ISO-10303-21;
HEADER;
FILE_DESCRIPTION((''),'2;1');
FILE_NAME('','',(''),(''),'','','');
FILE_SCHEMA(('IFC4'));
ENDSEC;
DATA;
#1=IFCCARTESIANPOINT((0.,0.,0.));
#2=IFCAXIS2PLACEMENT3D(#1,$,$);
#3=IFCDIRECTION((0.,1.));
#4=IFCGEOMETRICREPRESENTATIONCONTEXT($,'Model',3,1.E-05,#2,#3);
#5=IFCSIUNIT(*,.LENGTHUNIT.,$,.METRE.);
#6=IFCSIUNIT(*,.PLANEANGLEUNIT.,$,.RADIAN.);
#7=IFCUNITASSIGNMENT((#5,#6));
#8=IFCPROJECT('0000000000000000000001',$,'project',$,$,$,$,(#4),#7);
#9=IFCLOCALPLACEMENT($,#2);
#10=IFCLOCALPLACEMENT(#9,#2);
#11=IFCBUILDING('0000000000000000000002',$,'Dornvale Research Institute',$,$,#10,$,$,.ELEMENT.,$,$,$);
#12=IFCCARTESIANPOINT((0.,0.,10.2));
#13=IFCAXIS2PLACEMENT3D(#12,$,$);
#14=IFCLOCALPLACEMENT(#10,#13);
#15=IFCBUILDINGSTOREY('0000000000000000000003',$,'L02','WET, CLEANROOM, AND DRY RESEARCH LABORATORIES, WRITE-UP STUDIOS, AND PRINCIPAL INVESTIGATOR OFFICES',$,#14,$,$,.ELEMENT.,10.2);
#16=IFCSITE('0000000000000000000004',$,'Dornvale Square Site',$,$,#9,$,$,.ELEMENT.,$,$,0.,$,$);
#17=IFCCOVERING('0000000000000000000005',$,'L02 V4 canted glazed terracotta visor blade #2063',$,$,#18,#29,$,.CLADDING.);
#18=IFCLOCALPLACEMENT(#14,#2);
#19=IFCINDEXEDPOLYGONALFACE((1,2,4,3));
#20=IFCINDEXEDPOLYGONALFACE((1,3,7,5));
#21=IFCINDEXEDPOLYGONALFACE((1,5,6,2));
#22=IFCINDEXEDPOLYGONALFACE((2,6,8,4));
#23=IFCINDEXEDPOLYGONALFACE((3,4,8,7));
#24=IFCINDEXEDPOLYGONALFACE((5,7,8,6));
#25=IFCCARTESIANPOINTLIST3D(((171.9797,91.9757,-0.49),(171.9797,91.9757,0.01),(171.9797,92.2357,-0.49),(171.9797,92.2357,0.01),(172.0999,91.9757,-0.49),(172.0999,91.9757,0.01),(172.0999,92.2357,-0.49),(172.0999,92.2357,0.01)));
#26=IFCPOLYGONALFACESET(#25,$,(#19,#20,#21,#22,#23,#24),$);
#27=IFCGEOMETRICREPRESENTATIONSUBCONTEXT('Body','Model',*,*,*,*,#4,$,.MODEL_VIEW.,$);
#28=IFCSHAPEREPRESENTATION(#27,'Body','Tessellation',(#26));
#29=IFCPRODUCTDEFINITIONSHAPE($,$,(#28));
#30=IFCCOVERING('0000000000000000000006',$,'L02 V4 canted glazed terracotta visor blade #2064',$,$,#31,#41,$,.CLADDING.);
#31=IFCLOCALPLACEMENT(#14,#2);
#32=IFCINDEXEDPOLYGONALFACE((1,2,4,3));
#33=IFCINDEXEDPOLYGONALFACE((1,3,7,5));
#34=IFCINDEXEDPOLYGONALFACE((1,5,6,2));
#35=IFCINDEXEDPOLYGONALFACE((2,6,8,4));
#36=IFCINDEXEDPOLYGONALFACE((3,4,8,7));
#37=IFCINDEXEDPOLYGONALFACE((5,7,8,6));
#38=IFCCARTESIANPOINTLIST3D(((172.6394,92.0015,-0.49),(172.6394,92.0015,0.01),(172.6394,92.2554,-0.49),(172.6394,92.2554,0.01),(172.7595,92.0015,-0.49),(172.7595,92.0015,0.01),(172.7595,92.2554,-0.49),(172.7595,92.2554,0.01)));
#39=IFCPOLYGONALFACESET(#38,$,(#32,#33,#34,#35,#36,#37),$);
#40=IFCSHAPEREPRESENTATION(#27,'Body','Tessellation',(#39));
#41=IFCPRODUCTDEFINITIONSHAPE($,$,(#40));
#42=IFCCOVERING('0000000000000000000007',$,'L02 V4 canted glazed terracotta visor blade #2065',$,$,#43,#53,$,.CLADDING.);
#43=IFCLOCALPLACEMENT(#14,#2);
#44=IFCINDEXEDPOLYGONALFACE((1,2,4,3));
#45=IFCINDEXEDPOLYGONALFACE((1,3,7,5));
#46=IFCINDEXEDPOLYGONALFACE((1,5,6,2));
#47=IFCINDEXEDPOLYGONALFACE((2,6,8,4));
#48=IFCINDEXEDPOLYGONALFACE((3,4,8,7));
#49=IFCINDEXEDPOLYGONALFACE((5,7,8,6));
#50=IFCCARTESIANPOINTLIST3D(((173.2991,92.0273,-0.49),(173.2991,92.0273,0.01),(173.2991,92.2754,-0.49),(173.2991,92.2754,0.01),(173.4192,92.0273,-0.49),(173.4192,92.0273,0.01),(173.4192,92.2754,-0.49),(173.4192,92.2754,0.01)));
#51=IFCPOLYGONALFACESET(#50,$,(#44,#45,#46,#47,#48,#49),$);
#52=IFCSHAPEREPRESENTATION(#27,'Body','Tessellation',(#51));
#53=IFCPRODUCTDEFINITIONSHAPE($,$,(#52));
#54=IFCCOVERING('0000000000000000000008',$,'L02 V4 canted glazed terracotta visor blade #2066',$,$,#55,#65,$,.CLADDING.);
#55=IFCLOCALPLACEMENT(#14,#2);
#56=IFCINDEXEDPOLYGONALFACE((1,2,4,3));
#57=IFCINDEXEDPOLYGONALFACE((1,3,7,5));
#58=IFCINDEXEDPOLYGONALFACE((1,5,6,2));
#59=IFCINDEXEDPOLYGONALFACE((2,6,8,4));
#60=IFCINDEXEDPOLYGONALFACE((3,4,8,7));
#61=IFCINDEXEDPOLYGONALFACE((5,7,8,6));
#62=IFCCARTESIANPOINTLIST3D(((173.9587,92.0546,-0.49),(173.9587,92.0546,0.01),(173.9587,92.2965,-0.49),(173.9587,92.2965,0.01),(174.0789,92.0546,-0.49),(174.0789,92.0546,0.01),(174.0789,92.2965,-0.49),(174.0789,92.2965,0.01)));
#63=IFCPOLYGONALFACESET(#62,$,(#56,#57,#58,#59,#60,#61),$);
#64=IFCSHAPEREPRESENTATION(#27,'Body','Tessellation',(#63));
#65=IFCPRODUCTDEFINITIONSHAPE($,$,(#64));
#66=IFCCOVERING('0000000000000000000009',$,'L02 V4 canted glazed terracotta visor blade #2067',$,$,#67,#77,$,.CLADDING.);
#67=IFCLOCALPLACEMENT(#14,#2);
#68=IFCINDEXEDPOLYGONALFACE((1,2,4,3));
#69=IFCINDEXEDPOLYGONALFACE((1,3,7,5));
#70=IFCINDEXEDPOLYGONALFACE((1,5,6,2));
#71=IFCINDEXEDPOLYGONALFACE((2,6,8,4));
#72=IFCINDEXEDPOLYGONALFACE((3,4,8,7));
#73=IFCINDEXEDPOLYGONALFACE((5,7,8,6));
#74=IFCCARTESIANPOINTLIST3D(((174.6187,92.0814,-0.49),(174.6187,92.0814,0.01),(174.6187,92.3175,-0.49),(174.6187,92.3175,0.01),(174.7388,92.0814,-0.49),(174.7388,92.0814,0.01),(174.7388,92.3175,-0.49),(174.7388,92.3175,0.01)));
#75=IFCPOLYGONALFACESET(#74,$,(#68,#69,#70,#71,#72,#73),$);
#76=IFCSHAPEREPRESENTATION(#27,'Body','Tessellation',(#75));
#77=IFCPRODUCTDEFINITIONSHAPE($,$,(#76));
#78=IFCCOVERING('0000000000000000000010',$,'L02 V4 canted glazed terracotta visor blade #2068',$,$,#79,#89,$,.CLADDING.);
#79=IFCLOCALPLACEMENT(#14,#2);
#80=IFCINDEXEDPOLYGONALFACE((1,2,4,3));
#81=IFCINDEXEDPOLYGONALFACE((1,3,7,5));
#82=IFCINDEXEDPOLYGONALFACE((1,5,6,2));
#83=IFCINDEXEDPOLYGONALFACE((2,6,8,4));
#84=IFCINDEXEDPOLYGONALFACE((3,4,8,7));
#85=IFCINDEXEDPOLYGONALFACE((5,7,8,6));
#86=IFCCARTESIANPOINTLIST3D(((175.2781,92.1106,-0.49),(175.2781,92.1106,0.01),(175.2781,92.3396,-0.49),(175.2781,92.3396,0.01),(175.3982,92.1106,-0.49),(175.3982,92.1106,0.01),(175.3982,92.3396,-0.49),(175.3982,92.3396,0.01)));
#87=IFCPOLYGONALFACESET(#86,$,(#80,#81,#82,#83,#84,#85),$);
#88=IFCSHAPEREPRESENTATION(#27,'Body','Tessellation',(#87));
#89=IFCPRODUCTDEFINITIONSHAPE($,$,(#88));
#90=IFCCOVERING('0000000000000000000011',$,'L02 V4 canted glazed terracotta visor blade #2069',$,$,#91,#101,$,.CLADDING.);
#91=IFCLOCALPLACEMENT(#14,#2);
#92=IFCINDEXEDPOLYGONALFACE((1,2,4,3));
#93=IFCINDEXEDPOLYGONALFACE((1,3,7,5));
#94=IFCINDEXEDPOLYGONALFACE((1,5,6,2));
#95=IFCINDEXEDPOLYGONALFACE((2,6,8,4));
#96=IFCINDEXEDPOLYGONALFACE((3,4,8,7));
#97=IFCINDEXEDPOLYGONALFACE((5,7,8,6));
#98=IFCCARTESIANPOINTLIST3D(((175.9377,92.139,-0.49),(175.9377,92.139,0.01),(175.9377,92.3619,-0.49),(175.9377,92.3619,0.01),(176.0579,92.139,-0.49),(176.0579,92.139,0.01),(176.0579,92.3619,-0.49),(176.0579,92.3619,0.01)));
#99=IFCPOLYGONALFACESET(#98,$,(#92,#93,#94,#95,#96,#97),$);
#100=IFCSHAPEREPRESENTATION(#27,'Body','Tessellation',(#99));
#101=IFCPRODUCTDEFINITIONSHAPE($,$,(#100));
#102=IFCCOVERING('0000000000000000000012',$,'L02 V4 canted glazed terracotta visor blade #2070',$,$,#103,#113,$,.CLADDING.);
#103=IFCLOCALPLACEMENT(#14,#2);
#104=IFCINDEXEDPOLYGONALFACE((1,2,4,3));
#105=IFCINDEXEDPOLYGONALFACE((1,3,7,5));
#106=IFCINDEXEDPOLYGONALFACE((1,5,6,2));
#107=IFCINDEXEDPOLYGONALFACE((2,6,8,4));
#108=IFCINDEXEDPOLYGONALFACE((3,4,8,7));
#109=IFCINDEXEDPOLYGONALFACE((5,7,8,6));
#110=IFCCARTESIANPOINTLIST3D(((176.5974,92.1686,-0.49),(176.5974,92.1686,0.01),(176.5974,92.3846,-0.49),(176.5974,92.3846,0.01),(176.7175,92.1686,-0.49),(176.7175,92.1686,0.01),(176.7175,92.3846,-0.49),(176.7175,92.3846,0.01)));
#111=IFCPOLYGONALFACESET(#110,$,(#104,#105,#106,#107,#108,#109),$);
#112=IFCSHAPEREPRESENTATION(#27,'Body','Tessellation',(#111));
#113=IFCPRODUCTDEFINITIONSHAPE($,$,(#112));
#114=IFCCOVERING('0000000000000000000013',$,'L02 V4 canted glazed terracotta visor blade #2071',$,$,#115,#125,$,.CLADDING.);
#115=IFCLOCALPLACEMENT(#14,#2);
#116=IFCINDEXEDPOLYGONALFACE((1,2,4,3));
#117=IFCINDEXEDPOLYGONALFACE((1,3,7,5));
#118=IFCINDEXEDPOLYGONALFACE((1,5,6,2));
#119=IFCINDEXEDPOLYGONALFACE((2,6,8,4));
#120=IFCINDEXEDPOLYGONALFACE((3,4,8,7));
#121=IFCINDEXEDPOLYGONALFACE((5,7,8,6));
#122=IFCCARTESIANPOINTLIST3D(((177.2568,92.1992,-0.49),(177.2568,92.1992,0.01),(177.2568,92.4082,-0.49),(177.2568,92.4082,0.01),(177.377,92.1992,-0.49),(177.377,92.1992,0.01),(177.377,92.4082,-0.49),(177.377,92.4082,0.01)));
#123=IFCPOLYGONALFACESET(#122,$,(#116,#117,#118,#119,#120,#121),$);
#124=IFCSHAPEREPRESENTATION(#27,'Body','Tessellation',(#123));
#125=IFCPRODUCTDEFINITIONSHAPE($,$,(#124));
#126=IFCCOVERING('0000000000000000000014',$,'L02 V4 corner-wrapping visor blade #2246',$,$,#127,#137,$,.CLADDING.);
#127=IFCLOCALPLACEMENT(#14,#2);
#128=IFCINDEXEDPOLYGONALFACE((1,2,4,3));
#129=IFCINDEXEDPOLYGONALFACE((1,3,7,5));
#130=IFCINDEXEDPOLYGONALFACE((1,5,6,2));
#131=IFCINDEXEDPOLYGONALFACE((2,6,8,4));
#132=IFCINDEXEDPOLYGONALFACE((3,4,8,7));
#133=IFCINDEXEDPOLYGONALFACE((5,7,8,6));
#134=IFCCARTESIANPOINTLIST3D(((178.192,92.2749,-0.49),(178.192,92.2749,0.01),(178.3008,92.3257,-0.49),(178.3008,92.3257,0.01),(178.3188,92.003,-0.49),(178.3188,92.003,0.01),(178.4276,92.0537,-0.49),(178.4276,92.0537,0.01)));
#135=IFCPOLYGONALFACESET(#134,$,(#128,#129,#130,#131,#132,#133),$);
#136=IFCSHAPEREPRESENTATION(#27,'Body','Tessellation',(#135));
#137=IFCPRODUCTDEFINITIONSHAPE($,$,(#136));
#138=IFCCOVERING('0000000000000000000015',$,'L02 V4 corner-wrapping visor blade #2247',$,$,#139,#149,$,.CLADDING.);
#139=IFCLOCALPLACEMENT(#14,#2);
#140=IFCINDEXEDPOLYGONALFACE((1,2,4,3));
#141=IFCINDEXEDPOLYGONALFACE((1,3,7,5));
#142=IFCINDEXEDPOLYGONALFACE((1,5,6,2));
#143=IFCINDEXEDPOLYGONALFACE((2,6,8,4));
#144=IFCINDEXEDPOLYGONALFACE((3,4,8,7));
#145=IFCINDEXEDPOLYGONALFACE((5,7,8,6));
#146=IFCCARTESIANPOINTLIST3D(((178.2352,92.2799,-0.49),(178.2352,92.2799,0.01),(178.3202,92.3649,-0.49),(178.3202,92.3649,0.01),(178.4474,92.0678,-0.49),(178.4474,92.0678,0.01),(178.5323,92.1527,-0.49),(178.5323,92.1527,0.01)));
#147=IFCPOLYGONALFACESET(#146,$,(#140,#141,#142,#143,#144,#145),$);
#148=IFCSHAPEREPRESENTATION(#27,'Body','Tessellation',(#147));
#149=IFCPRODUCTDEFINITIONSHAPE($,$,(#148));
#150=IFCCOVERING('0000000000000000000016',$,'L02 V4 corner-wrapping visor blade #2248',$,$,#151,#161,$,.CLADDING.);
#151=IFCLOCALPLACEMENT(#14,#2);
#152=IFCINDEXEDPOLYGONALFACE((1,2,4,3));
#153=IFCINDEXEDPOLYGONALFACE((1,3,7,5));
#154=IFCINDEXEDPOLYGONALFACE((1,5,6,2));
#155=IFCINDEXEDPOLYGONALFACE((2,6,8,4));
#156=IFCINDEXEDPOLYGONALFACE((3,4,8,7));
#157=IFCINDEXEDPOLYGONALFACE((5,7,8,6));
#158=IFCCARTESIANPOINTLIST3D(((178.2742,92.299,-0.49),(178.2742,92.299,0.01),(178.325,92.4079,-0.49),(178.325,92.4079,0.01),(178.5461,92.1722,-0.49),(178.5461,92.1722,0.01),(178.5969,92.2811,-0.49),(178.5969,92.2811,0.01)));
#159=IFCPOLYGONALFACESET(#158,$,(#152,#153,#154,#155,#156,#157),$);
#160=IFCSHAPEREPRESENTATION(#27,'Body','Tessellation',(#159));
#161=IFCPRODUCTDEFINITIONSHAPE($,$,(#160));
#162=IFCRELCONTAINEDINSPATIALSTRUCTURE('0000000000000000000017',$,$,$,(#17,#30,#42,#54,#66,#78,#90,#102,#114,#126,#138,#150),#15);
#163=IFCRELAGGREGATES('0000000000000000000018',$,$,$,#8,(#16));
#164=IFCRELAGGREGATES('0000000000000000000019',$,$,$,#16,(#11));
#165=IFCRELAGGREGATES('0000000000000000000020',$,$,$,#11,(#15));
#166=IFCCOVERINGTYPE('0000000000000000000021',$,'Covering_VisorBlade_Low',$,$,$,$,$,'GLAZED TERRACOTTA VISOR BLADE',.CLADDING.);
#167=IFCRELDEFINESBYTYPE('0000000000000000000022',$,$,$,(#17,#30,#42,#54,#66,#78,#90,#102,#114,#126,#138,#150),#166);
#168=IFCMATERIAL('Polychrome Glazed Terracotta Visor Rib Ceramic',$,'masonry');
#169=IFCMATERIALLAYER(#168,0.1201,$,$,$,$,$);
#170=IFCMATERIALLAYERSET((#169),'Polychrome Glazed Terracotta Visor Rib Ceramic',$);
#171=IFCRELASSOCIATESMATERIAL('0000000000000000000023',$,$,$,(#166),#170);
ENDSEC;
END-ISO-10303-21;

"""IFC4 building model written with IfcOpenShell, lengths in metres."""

from ifc_helpers import new_model, si_unit, direction, frame, origin, origin_2d, place, context, subcontext, project, spatial, rectangle, extrude, material, layer, layer_set, type_object, element, save


model = new_model("IFC4")

# Units and contexts
model_context = context("Model", 3, precision=1e-05, world=origin(), true_north=direction((0.0, 1.0)))
body_context = subcontext(model_context, "Body", "Model", "MODEL_VIEW")
ifc_project = project(units=[si_unit("LENGTHUNIT", "METRE"), si_unit("PLANEANGLEUNIT", "RADIAN")], contexts=[model_context])

# Site, building, storey
site_placement = place(None, origin())
site = spatial("IfcSite", under=ifc_project, at=site_placement, Name="Dornvale Square Site", CompositionType="ELEMENT", RefElevation=0.0)
building_placement = place(site_placement, origin())
building = spatial("IfcBuilding", under=site, at=building_placement, Name="Dornvale Research Institute", CompositionType="ELEMENT")
storey_placement = place(building_placement, frame((0.0, 0.0, 10.2)))
storey = spatial("IfcBuildingStorey", under=building, at=storey_placement, Name="L02", Description="WET, CLEANROOM, AND DRY RESEARCH LABORATORIES, WRITE-UP STUDIOS, AND PRINCIPAL INVESTIGATOR OFFICES", CompositionType="ELEMENT", Elevation=10.2)

# Coverings
ifc_material = material(Name="Polychrome Glazed Terracotta Visor Rib Ceramic", Category="masonry")
ifc_layer = layer(ifc_material, 0.1201)
ifc_layer_set = layer_set([ifc_layer], Name="Polychrome Glazed Terracotta Visor Rib Ceramic")
covering_type = type_object("IfcCoveringType", Name="Covering_VisorBlade_Low", ElementType="GLAZED TERRACOTTA VISOR BLADE", PredefinedType="CLADDING", material=ifc_layer_set)
covering_1_placement = place(storey_placement, frame((172.0398, 92.1057, -0.49), z_axis=(0.0, 0.0, 1.0), x_axis=(0.0, 1.0, 0.0)))
element("IfcCovering", 1, at=covering_1_placement, inside=storey, type_object=covering_type, Name="L02 V4 canted glazed terracotta visor blade #2063", PredefinedType="CLADDING", context=body_context, shape_type="SweptSolid", body=[
    extrude(rectangle(XDim=0.26, YDim=0.1201, at=origin_2d()), origin(), (0.0, 0.0, 1.0), 0.5),
])
covering_2_placement = place(storey_placement, frame((172.6995, 92.1284, -0.49), z_axis=(0.0, 0.0, 1.0), x_axis=(0.0, 1.0, 0.0)))
element("IfcCovering", 2, at=covering_2_placement, inside=storey, type_object=covering_type, Name="L02 V4 canted glazed terracotta visor blade #2064", PredefinedType="CLADDING", context=body_context, shape_type="SweptSolid", body=[
    extrude(rectangle(XDim=0.2539, YDim=0.1201, at=origin_2d()), origin(), (0.0, 0.0, 1.0), 0.5),
])
covering_3_placement = place(storey_placement, frame((173.3591, 92.1514, -0.49), z_axis=(0.0, 0.0, 1.0), x_axis=(0.0, 1.0, 0.0)))
element("IfcCovering", 3, at=covering_3_placement, inside=storey, type_object=covering_type, Name="L02 V4 canted glazed terracotta visor blade #2065", PredefinedType="CLADDING", context=body_context, shape_type="SweptSolid", body=[
    extrude(rectangle(XDim=0.248, YDim=0.1201, at=origin_2d()), origin(), (0.0, 0.0, 1.0), 0.5),
])
covering_4_placement = place(storey_placement, frame((174.0188, 92.1755, -0.49), z_axis=(0.0, 0.0, 1.0), x_axis=(0.0, 1.0, 0.0)))
element("IfcCovering", 4, at=covering_4_placement, inside=storey, type_object=covering_type, Name="L02 V4 canted glazed terracotta visor blade #2066", PredefinedType="CLADDING", context=body_context, shape_type="SweptSolid", body=[
    extrude(rectangle(XDim=0.2419, YDim=0.1201, at=origin_2d()), origin(), (0.0, 0.0, 1.0), 0.5),
])
covering_5_placement = place(storey_placement, frame((174.6787, 92.1995, -0.49), z_axis=(0.0, 0.0, 1.0), x_axis=(0.0, 1.0, 0.0)))
element("IfcCovering", 5, at=covering_5_placement, inside=storey, type_object=covering_type, Name="L02 V4 canted glazed terracotta visor blade #2067", PredefinedType="CLADDING", context=body_context, shape_type="SweptSolid", body=[
    extrude(rectangle(XDim=0.2361, YDim=0.1201, at=origin_2d()), origin(), (0.0, 0.0, 1.0), 0.5),
])
covering_6_placement = place(storey_placement, frame((175.3381, 92.2251, -0.49), z_axis=(0.0, 0.0, 1.0), x_axis=(0.0, 1.0, 0.0)))
element("IfcCovering", 6, at=covering_6_placement, inside=storey, type_object=covering_type, Name="L02 V4 canted glazed terracotta visor blade #2068", PredefinedType="CLADDING", context=body_context, shape_type="SweptSolid", body=[
    extrude(rectangle(XDim=0.229, YDim=0.1201, at=origin_2d()), origin(), (0.0, 0.0, 1.0), 0.5),
])
covering_7_placement = place(storey_placement, frame((175.9978, 92.2505, -0.49), z_axis=(0.0, 0.0, 1.0), x_axis=(0.0, 1.0, 0.0)))
element("IfcCovering", 7, at=covering_7_placement, inside=storey, type_object=covering_type, Name="L02 V4 canted glazed terracotta visor blade #2069", PredefinedType="CLADDING", context=body_context, shape_type="SweptSolid", body=[
    extrude(rectangle(XDim=0.2229, YDim=0.1201, at=origin_2d()), origin(), (0.0, 0.0, 1.0), 0.5),
])
covering_8_placement = place(storey_placement, frame((176.6575, 92.2766, -0.49), z_axis=(0.0, 0.0, 1.0), x_axis=(0.0, 1.0, 0.0)))
element("IfcCovering", 8, at=covering_8_placement, inside=storey, type_object=covering_type, Name="L02 V4 canted glazed terracotta visor blade #2070", PredefinedType="CLADDING", context=body_context, shape_type="SweptSolid", body=[
    extrude(rectangle(XDim=0.2161, YDim=0.1201, at=origin_2d()), origin(), (0.0, 0.0, 1.0), 0.5),
])
covering_9_placement = place(storey_placement, frame((177.3169, 92.3037, -0.49), z_axis=(0.0, 0.0, 1.0), x_axis=(0.0, 1.0, 0.0)))
element("IfcCovering", 9, at=covering_9_placement, inside=storey, type_object=covering_type, Name="L02 V4 canted glazed terracotta visor blade #2071", PredefinedType="CLADDING", context=body_context, shape_type="SweptSolid", body=[
    extrude(rectangle(XDim=0.209, YDim=0.1201, at=origin_2d()), origin(), (0.0, 0.0, 1.0), 0.5),
])
for number, where, z_axis, x_axis, name in (
    (10, (178.3098, 92.1643, -0.49), (0.0, 0.0, 1.0), (0.422618, -0.906308, 0.0), "L02 V4 corner-wrapping visor blade #2246"),
    (11, (178.3838, 92.2163, -0.49), (0.0, 0.0, 1.0), (0.707107, -0.707107, 0.0), "L02 V4 corner-wrapping visor blade #2247"),
    (12, (178.4355, 92.29, -0.49), (0.0, 0.0, 1.0), (0.906308, -0.422618, 0.0), "L02 V4 corner-wrapping visor blade #2248"),
):
    element("IfcCovering", number, at=place(storey_placement, frame(where, z_axis=z_axis, x_axis=x_axis)), inside=storey, type_object=covering_type, Name=name, PredefinedType="CLADDING", context=body_context, shape_type="SweptSolid", body=[
        extrude(rectangle(XDim=0.3, YDim=0.1201, at=origin_2d()), origin(), (0.0, 0.0, 1.0), 0.5),
    ])

save(model, "model.ifc")
